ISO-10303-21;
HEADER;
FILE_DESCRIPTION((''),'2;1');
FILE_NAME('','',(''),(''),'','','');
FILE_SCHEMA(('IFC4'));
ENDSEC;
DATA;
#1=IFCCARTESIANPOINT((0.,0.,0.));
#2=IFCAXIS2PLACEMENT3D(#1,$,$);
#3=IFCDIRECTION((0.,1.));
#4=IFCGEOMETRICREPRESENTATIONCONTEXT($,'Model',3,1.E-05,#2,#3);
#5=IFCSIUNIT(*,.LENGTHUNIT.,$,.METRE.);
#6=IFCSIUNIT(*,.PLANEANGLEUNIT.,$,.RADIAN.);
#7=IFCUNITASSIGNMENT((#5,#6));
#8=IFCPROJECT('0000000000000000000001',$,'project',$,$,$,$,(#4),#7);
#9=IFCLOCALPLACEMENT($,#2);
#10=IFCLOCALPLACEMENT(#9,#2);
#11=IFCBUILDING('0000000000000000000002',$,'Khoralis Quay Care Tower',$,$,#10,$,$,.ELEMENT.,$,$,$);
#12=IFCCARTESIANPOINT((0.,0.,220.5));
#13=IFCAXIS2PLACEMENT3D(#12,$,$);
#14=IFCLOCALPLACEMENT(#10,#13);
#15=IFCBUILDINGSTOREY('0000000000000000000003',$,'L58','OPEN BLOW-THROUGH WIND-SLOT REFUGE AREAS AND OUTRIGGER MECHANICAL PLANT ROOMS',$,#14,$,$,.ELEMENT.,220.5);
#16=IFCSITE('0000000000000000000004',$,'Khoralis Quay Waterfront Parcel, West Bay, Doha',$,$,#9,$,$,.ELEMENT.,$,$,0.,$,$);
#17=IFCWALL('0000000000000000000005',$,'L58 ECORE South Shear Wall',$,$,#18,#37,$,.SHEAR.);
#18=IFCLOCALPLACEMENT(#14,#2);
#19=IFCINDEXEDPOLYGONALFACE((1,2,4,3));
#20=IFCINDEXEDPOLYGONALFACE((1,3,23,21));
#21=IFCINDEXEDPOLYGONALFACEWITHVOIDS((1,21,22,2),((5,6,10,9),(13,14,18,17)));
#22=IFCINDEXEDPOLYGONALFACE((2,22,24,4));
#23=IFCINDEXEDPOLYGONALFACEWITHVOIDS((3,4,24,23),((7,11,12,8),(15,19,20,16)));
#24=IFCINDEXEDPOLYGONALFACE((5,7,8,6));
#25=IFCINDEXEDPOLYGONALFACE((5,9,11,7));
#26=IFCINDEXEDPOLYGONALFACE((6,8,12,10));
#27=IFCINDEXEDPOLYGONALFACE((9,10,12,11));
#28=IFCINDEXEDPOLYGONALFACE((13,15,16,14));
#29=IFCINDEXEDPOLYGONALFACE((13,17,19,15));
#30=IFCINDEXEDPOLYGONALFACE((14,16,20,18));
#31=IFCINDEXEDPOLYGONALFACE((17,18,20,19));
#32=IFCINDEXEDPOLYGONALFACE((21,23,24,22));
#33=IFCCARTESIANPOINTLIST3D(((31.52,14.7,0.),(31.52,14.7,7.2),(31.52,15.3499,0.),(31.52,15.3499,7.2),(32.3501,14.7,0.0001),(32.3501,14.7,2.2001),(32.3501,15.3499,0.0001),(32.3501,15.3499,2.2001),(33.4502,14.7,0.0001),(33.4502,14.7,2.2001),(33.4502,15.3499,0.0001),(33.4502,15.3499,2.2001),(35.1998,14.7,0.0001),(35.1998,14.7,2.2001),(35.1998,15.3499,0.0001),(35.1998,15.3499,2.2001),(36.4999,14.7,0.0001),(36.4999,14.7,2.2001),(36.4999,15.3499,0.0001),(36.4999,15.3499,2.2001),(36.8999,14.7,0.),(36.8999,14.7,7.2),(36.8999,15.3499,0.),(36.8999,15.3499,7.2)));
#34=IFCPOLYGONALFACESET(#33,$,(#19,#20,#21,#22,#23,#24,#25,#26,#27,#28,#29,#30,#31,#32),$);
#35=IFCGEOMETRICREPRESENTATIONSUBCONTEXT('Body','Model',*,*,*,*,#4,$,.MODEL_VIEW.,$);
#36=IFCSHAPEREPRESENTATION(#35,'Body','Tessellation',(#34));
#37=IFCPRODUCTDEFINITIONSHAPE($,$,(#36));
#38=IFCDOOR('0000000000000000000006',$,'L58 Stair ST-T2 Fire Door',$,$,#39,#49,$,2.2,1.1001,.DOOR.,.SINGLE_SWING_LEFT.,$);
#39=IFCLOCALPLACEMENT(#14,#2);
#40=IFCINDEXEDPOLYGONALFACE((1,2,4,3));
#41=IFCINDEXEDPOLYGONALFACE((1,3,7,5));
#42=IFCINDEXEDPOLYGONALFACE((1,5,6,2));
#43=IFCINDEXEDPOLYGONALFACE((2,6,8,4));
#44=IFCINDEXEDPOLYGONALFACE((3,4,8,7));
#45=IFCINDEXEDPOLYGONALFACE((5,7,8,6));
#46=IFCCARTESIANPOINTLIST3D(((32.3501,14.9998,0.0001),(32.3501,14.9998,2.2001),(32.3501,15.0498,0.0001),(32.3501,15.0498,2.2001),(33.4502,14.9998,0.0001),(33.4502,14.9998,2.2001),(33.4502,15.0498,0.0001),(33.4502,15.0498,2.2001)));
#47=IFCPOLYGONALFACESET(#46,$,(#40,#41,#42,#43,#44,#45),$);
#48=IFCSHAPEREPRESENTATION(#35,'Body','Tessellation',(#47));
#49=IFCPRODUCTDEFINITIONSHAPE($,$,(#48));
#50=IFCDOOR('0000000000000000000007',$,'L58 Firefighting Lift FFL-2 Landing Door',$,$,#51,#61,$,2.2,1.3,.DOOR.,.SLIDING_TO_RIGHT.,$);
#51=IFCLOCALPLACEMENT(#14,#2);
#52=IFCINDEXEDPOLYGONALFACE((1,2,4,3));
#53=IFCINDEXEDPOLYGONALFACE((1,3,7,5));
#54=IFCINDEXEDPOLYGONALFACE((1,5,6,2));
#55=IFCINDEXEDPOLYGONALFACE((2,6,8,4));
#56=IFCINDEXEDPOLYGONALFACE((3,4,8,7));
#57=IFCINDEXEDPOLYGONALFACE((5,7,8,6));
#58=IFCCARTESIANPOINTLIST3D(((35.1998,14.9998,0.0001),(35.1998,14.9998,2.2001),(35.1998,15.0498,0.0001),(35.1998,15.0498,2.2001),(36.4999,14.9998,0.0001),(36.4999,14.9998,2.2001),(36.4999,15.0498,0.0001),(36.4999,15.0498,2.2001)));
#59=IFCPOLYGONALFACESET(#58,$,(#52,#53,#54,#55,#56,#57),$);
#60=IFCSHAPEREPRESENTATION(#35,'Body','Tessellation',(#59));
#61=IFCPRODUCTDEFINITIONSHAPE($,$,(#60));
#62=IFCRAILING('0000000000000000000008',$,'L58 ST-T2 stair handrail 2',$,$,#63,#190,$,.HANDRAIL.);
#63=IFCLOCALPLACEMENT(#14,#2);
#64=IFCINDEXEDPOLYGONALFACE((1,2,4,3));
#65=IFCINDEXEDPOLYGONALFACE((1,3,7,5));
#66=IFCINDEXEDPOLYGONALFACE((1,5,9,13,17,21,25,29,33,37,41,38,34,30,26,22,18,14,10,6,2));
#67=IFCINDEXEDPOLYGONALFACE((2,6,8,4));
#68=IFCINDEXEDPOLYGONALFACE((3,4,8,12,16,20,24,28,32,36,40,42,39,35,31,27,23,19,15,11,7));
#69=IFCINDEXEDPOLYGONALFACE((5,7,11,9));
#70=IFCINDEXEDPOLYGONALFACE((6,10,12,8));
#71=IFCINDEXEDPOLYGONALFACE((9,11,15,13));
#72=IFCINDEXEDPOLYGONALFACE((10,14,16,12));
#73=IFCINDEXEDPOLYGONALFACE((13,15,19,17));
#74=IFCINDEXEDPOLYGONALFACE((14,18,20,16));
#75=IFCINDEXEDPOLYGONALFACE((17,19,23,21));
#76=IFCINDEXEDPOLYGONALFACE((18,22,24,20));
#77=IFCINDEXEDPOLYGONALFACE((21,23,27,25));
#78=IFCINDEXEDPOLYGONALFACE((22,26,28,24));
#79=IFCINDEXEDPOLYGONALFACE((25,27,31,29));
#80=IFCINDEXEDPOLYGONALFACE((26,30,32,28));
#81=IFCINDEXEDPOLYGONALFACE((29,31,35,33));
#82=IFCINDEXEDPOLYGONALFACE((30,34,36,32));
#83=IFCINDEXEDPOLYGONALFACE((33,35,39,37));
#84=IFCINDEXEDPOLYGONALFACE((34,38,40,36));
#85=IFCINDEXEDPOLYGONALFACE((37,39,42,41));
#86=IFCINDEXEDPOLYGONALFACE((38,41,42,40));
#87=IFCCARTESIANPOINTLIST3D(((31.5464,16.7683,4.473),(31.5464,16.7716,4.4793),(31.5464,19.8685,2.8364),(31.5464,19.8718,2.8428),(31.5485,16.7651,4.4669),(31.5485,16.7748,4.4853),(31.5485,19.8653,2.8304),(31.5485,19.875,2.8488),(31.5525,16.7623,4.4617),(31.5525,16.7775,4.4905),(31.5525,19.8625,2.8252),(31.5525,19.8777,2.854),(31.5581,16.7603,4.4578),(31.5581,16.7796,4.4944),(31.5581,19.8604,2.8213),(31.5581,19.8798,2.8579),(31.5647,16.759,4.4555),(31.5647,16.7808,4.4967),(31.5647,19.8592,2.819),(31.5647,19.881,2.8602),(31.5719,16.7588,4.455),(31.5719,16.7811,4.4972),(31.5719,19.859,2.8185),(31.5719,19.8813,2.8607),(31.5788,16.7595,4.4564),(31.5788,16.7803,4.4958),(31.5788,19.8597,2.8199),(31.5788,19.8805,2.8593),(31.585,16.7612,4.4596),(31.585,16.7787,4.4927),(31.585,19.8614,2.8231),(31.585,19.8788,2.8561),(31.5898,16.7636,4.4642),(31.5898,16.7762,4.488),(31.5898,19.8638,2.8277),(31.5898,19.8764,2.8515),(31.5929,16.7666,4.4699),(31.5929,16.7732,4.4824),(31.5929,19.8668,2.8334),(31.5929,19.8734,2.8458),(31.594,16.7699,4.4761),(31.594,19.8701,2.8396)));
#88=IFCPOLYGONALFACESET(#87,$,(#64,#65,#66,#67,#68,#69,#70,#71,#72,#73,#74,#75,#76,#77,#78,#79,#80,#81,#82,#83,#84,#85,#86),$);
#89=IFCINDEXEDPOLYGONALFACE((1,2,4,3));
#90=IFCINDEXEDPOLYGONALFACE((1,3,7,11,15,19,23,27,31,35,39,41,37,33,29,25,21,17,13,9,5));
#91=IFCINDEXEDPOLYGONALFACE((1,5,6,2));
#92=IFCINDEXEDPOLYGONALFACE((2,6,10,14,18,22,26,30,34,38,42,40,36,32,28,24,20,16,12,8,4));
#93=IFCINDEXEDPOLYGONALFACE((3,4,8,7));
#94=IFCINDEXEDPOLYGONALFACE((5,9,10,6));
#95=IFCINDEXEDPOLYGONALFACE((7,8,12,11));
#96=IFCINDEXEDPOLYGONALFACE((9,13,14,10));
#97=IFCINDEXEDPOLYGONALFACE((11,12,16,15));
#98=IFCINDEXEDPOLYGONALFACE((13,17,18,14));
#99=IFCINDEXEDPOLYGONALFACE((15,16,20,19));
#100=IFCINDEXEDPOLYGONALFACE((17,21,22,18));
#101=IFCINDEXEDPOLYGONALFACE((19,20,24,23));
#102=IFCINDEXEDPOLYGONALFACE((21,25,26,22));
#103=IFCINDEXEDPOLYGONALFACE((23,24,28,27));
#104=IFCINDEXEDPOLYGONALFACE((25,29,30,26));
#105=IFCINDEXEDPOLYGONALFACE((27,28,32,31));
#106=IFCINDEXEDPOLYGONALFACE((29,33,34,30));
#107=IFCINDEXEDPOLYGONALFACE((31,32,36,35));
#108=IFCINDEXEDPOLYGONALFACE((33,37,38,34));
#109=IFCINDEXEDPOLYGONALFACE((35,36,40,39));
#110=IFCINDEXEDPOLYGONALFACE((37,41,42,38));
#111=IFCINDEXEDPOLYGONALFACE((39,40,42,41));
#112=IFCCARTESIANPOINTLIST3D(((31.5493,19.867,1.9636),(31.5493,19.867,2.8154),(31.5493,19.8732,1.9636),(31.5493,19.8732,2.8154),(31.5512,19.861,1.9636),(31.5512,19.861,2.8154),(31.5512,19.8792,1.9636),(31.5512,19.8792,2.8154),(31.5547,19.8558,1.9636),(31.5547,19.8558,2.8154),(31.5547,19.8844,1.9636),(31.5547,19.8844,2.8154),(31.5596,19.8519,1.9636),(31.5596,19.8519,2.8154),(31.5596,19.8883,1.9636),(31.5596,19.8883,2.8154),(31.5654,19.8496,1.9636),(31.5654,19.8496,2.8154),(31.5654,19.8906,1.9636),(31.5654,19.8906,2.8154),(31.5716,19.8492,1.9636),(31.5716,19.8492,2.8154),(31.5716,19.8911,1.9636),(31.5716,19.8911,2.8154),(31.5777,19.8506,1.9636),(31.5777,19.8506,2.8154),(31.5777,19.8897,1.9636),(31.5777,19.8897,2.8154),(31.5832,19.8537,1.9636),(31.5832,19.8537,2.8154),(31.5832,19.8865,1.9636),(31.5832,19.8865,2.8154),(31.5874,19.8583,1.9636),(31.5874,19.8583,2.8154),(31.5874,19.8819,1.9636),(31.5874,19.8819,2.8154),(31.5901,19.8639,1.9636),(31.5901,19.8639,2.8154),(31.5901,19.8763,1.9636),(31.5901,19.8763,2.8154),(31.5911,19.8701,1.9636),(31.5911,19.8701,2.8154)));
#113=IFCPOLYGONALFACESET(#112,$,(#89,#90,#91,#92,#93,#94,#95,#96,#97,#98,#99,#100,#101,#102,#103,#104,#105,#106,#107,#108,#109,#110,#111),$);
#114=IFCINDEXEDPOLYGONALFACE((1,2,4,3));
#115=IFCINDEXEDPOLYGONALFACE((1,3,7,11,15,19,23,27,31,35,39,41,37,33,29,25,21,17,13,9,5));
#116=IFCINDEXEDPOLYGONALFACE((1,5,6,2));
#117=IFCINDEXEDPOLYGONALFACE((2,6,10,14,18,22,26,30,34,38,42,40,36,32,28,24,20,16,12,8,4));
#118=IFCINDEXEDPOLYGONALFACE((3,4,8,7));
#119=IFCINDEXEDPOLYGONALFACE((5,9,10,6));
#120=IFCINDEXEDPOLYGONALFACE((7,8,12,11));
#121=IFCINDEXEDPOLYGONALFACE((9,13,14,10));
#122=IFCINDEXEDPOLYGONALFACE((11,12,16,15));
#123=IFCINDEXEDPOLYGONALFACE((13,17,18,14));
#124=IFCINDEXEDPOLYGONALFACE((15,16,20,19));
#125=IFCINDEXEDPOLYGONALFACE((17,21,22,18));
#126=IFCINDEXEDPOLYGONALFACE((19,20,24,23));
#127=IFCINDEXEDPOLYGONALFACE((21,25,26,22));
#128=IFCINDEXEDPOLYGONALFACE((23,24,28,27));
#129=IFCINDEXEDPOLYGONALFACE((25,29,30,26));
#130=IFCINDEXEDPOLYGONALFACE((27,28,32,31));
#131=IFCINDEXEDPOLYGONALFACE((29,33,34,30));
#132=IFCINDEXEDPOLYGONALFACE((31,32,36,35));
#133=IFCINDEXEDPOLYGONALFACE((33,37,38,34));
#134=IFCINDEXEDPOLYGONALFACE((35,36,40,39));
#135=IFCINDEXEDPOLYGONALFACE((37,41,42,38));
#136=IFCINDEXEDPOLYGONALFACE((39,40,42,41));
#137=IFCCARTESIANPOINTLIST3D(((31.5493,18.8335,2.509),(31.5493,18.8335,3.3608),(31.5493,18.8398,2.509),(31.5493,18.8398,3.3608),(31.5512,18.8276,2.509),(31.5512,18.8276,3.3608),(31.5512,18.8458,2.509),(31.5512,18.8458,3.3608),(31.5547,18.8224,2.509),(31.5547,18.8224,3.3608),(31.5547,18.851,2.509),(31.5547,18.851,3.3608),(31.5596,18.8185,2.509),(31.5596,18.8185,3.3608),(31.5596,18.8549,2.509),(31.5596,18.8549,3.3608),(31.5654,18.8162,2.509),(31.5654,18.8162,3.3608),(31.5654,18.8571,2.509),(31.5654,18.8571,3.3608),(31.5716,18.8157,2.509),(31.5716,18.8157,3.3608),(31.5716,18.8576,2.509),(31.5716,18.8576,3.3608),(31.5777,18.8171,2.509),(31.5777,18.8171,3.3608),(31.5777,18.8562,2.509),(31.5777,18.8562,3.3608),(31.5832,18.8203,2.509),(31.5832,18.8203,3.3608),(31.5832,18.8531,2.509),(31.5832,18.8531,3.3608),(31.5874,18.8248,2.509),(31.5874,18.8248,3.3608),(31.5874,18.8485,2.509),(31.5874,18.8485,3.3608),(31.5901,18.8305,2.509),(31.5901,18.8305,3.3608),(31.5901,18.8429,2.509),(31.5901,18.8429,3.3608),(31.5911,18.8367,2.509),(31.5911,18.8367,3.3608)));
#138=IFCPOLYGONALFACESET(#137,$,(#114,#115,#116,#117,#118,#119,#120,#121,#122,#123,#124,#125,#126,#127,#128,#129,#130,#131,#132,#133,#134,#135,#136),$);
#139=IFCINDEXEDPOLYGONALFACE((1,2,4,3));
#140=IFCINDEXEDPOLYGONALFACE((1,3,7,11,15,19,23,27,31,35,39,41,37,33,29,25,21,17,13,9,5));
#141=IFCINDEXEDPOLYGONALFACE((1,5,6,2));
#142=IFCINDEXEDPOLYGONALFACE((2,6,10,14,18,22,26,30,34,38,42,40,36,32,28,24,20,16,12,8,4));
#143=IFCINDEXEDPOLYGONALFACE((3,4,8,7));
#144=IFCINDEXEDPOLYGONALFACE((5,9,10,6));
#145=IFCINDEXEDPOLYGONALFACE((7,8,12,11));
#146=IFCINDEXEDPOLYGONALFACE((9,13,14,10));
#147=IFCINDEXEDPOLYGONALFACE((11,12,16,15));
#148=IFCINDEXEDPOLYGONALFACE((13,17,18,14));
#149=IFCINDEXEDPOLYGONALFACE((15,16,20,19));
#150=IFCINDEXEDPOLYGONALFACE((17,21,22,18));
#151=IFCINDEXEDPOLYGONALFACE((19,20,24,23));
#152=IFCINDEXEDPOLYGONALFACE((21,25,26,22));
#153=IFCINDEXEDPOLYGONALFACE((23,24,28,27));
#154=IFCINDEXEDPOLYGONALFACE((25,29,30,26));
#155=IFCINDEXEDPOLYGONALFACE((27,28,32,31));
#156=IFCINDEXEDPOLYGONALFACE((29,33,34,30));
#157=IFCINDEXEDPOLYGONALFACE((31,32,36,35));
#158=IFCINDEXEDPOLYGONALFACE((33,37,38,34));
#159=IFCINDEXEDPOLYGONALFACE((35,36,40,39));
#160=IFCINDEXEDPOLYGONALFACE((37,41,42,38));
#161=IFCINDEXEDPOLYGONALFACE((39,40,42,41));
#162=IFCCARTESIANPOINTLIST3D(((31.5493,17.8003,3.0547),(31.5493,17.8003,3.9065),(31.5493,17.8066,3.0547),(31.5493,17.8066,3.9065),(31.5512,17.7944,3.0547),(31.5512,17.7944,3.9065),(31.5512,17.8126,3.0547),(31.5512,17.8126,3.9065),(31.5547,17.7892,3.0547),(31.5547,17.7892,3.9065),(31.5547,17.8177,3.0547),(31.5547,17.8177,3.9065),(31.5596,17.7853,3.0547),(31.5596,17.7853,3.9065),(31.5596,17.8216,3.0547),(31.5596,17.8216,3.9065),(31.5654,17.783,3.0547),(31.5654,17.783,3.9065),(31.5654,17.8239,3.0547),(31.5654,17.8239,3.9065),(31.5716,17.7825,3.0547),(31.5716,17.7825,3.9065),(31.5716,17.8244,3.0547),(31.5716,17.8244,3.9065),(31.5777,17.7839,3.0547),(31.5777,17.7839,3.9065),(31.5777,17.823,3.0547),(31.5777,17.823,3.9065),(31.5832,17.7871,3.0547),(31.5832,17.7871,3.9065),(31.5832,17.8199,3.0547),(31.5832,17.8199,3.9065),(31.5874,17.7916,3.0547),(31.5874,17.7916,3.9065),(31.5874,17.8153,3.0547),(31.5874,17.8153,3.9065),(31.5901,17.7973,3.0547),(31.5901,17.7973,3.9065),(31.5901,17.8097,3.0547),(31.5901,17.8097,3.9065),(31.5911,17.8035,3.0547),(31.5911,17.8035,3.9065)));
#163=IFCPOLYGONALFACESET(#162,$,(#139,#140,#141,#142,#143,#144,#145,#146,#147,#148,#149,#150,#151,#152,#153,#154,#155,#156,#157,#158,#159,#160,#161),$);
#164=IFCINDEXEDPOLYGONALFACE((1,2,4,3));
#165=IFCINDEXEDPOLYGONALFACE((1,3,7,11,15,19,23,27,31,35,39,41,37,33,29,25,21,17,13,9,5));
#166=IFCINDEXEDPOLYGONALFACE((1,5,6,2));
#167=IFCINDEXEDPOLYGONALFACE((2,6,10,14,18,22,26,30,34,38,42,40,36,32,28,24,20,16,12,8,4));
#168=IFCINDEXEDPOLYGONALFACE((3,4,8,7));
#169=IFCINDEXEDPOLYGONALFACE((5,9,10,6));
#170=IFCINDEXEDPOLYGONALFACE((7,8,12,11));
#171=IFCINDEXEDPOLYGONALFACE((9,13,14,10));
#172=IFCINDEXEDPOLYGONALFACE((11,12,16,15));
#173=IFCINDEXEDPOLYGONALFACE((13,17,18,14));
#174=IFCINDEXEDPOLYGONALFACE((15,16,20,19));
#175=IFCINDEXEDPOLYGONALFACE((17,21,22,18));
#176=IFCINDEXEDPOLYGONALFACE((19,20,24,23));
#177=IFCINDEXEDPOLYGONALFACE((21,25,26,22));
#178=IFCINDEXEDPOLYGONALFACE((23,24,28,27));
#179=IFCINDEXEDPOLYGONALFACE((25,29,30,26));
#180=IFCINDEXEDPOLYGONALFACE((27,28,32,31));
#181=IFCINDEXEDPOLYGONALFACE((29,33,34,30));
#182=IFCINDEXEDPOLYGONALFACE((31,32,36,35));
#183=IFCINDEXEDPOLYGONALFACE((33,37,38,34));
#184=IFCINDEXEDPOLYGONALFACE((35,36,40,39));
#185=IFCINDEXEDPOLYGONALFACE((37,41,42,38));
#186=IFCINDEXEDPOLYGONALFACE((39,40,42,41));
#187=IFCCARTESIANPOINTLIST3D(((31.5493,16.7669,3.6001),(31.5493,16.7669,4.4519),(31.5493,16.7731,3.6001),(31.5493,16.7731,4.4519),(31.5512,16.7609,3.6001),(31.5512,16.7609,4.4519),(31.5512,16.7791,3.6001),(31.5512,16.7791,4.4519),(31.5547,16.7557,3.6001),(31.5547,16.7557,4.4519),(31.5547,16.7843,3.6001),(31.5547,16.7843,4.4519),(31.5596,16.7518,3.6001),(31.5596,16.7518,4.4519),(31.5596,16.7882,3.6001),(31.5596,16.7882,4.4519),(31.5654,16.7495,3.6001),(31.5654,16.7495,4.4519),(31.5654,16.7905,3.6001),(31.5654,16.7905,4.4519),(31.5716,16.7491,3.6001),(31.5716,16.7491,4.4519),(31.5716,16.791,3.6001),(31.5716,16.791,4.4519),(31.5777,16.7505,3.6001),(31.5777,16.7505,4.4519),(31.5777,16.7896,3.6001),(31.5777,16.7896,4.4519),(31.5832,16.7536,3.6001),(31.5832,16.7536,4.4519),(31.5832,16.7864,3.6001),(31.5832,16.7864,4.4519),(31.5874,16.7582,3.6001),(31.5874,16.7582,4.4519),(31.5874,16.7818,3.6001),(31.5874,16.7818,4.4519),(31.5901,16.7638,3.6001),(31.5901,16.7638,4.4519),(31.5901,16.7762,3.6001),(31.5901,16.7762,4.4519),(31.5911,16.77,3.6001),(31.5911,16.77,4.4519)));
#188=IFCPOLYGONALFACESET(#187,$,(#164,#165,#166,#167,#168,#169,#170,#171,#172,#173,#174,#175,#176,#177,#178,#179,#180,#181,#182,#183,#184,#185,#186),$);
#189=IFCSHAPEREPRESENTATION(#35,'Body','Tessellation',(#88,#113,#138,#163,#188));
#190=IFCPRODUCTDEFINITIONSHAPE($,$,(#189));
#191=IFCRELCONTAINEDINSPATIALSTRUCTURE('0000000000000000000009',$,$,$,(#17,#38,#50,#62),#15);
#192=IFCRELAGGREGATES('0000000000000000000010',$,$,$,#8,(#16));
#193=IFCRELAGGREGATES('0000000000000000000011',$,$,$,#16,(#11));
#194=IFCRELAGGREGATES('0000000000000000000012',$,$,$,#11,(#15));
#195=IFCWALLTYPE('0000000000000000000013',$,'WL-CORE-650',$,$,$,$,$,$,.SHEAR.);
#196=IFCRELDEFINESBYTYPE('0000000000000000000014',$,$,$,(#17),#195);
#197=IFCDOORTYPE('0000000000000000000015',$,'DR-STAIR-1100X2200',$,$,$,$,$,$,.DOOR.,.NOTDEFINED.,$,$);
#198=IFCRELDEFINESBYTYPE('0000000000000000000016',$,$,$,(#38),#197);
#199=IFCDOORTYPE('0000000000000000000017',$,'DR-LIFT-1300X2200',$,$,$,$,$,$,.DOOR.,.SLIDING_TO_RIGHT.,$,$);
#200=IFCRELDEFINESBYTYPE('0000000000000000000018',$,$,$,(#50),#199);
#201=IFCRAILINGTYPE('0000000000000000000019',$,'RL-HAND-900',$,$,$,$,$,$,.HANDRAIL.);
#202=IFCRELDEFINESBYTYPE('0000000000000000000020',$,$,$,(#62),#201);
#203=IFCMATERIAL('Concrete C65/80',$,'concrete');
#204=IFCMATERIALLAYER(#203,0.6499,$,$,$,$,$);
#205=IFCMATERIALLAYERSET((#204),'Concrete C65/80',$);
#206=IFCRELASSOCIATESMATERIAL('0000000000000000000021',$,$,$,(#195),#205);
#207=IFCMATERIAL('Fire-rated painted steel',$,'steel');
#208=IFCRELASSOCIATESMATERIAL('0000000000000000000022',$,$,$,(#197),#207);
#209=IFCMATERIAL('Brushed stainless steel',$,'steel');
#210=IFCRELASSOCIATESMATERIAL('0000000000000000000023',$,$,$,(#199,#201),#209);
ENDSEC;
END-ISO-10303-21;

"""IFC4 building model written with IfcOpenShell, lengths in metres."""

from ifc_helpers import new_model, si_unit, direction, frame, frame_2d, origin, origin_2d, place, context, subcontext, project, spatial, rectangle, circle, extrude, source, transform, mapped, material, layer, layer_set, type_object, element, fill, save


model = new_model("IFC4")

# Units and contexts
model_context = context("Model", 3, precision=1e-05, world=origin(), true_north=direction((0.0, 1.0)))
body_context = subcontext(model_context, "Body", "Model", "MODEL_VIEW")
ifc_project = project(units=[si_unit("LENGTHUNIT", "METRE"), si_unit("PLANEANGLEUNIT", "RADIAN")], contexts=[model_context])

# Site, building, storey
site_placement = place(None, origin())
site = spatial("IfcSite", under=ifc_project, at=site_placement, Name="Khoralis Quay Waterfront Parcel, West Bay, Doha", CompositionType="ELEMENT", RefElevation=0.0)
building_placement = place(site_placement, origin())
building = spatial("IfcBuilding", under=site, at=building_placement, Name="Khoralis Quay Care Tower", CompositionType="ELEMENT")
storey_placement = place(building_placement, frame((0.0, 0.0, 220.5)))
storey = spatial("IfcBuildingStorey", under=building, at=storey_placement, Name="L58", Description="OPEN BLOW-THROUGH WIND-SLOT REFUGE AREAS AND OUTRIGGER MECHANICAL PLANT ROOMS", CompositionType="ELEMENT", Elevation=220.5)

# Shared definitions
ifc_material_1 = material(Name="Concrete C65/80", Category="concrete")

# Shared definitions
ifc_material_2 = material(Name="Fire-rated painted steel", Category="steel")

# Shared definitions
ifc_layer_1 = layer(ifc_material_1, 0.6499)
ifc_layer_set_1 = layer_set([ifc_layer_1], Name="Concrete C65/80")
wall_type_1 = type_object("IfcWallType", Name="WL-CORE-650", PredefinedType="SHEAR", material=ifc_layer_set_1)

# Wall, openings, doors
wall_1_placement = place(storey_placement, frame((31.52, 15.0249, 0.0), z_axis=(0.0, 0.0, 1.0), x_axis=(1.0, 0.0, 0.0)))
wall_1 = element("IfcWall", 1, at=wall_1_placement, inside=storey, type_object=wall_type_1, Name="L58 ECORE South Shear Wall", PredefinedType="SHEAR", context=body_context, shape_type="SweptSolid", body=[
    extrude(rectangle(XDim=5.3799, YDim=0.6499, at=frame_2d((2.6899, 0.0))), origin(), (0.0, 0.0, 1.0), 7.2),
])
opening_1_placement = place(wall_1_placement, frame((0.8301, 0.0, 0.0)))
opening_1 = element("IfcOpeningElement", 2, at=opening_1_placement, cuts=wall_1, PredefinedType="OPENING", context=body_context, shape_type="SweptSolid", body=[
    extrude(rectangle(XDim=1.1001, YDim=2.2, at=frame_2d((0.55, 1.1001))), frame((0.0, 0.335, 0.0), z_axis=(0.0, -1.0, 0.0), x_axis=(1.0, 0.0, 0.0)), (0.0, 0.0, 1.0), 0.6699),
])
opening_2_placement = place(wall_1_placement, frame((3.6799, 0.0, 0.0)))
opening_2 = element("IfcOpeningElement", 3, at=opening_2_placement, cuts=wall_1, PredefinedType="OPENING", context=body_context, shape_type="SweptSolid", body=[
    extrude(rectangle(XDim=1.3, YDim=2.2, at=frame_2d((0.6499, 1.1001))), frame((0.0, 0.335, 0.0), z_axis=(0.0, -1.0, 0.0), x_axis=(1.0, 0.0, 0.0)), (0.0, 0.0, 1.0), 0.6699),
])
door_type_1 = type_object("IfcDoorType", Name="DR-STAIR-1100X2200", OperationType="NOTDEFINED", PredefinedType="DOOR", material=ifc_material_2)
shared_shape_1 = source(origin(), body_context, "Body", "SweptSolid", [
    extrude(rectangle(XDim=1.1001, YDim=2.2, at=frame_2d((0.55, 1.1001))), frame((0.0, 0.0249, 0.0), z_axis=(0.0, -1.0, 0.0), x_axis=(1.0, 0.0, 0.0)), (0.0, 0.0, 1.0), 0.05),
])
door_1_placement = place(opening_1_placement, origin())
door_1 = element("IfcDoor", 4, at=door_1_placement, inside=storey, type_object=door_type_1, Name="L58 Stair ST-T2 Fire Door", OperationType="SINGLE_SWING_LEFT", OverallHeight=2.2, OverallWidth=1.1001, PredefinedType="DOOR", context=body_context, shape_type="MappedRepresentation", body=[
    mapped(shared_shape_1, transform((0.0, 0.0, 0.0), scale=1.0)),
])
fill(opening_1, door_1)
ifc_material_3 = material(Name="Brushed stainless steel", Category="steel")
door_type_2 = type_object("IfcDoorType", Name="DR-LIFT-1300X2200", OperationType="SLIDING_TO_RIGHT", PredefinedType="DOOR", material=ifc_material_3)
shared_shape_2 = source(origin(), body_context, "Body", "SweptSolid", [
    extrude(rectangle(XDim=1.3, YDim=2.2, at=frame_2d((0.6499, 1.1001))), frame((0.0, 0.0249, 0.0), z_axis=(0.0, -1.0, 0.0), x_axis=(1.0, 0.0, 0.0)), (0.0, 0.0, 1.0), 0.05),
])
door_2_placement = place(opening_2_placement, origin())
door_2 = element("IfcDoor", 5, at=door_2_placement, inside=storey, type_object=door_type_2, Name="L58 Firefighting Lift FFL-2 Landing Door", OperationType="SLIDING_TO_RIGHT", OverallHeight=2.2, OverallWidth=1.3, PredefinedType="DOOR", context=body_context, shape_type="MappedRepresentation", body=[
    mapped(shared_shape_2, transform((0.0, 0.0, 0.0), scale=1.0)),
])
fill(opening_2, door_2)

# Railing
railing_type = type_object("IfcRailingType", Name="RL-HAND-900", PredefinedType="HANDRAIL", material=ifc_material_3)
railing_placement = place(storey_placement, frame((31.5701, 19.8701, 1.9636)))
element("IfcRailing", 6, at=railing_placement, inside=storey, type_object=railing_type, Name="L58 ST-T2 stair handrail 2", PredefinedType="HANDRAIL", context=body_context, shape_type="SweptSolid", body=[
    extrude(circle(Radius=0.0239, at=origin_2d()), frame((0.0, 0.0, 0.876), z_axis=(0.0, -0.884348, 0.466828), x_axis=(1.0, 0.0, 0.0)), (0.0, 0.0, 1.0), 3.5056),
    extrude(circle(Radius=0.021, at=origin_2d()), origin(), (0.0, 0.0, 1.0), 0.8518),
    extrude(circle(Radius=0.021, at=origin_2d()), frame((0.0, -1.0334, 0.5454)), (0.0, 0.0, 1.0), 0.8518),
    extrude(circle(Radius=0.021, at=origin_2d()), frame((0.0, -2.0667, 1.0911)), (0.0, 0.0, 1.0), 0.8518),
    extrude(circle(Radius=0.021, at=origin_2d()), frame((0.0, -3.1001, 1.6365)), (0.0, 0.0, 1.0), 0.8518),
])

save(model, "model.ifc")
